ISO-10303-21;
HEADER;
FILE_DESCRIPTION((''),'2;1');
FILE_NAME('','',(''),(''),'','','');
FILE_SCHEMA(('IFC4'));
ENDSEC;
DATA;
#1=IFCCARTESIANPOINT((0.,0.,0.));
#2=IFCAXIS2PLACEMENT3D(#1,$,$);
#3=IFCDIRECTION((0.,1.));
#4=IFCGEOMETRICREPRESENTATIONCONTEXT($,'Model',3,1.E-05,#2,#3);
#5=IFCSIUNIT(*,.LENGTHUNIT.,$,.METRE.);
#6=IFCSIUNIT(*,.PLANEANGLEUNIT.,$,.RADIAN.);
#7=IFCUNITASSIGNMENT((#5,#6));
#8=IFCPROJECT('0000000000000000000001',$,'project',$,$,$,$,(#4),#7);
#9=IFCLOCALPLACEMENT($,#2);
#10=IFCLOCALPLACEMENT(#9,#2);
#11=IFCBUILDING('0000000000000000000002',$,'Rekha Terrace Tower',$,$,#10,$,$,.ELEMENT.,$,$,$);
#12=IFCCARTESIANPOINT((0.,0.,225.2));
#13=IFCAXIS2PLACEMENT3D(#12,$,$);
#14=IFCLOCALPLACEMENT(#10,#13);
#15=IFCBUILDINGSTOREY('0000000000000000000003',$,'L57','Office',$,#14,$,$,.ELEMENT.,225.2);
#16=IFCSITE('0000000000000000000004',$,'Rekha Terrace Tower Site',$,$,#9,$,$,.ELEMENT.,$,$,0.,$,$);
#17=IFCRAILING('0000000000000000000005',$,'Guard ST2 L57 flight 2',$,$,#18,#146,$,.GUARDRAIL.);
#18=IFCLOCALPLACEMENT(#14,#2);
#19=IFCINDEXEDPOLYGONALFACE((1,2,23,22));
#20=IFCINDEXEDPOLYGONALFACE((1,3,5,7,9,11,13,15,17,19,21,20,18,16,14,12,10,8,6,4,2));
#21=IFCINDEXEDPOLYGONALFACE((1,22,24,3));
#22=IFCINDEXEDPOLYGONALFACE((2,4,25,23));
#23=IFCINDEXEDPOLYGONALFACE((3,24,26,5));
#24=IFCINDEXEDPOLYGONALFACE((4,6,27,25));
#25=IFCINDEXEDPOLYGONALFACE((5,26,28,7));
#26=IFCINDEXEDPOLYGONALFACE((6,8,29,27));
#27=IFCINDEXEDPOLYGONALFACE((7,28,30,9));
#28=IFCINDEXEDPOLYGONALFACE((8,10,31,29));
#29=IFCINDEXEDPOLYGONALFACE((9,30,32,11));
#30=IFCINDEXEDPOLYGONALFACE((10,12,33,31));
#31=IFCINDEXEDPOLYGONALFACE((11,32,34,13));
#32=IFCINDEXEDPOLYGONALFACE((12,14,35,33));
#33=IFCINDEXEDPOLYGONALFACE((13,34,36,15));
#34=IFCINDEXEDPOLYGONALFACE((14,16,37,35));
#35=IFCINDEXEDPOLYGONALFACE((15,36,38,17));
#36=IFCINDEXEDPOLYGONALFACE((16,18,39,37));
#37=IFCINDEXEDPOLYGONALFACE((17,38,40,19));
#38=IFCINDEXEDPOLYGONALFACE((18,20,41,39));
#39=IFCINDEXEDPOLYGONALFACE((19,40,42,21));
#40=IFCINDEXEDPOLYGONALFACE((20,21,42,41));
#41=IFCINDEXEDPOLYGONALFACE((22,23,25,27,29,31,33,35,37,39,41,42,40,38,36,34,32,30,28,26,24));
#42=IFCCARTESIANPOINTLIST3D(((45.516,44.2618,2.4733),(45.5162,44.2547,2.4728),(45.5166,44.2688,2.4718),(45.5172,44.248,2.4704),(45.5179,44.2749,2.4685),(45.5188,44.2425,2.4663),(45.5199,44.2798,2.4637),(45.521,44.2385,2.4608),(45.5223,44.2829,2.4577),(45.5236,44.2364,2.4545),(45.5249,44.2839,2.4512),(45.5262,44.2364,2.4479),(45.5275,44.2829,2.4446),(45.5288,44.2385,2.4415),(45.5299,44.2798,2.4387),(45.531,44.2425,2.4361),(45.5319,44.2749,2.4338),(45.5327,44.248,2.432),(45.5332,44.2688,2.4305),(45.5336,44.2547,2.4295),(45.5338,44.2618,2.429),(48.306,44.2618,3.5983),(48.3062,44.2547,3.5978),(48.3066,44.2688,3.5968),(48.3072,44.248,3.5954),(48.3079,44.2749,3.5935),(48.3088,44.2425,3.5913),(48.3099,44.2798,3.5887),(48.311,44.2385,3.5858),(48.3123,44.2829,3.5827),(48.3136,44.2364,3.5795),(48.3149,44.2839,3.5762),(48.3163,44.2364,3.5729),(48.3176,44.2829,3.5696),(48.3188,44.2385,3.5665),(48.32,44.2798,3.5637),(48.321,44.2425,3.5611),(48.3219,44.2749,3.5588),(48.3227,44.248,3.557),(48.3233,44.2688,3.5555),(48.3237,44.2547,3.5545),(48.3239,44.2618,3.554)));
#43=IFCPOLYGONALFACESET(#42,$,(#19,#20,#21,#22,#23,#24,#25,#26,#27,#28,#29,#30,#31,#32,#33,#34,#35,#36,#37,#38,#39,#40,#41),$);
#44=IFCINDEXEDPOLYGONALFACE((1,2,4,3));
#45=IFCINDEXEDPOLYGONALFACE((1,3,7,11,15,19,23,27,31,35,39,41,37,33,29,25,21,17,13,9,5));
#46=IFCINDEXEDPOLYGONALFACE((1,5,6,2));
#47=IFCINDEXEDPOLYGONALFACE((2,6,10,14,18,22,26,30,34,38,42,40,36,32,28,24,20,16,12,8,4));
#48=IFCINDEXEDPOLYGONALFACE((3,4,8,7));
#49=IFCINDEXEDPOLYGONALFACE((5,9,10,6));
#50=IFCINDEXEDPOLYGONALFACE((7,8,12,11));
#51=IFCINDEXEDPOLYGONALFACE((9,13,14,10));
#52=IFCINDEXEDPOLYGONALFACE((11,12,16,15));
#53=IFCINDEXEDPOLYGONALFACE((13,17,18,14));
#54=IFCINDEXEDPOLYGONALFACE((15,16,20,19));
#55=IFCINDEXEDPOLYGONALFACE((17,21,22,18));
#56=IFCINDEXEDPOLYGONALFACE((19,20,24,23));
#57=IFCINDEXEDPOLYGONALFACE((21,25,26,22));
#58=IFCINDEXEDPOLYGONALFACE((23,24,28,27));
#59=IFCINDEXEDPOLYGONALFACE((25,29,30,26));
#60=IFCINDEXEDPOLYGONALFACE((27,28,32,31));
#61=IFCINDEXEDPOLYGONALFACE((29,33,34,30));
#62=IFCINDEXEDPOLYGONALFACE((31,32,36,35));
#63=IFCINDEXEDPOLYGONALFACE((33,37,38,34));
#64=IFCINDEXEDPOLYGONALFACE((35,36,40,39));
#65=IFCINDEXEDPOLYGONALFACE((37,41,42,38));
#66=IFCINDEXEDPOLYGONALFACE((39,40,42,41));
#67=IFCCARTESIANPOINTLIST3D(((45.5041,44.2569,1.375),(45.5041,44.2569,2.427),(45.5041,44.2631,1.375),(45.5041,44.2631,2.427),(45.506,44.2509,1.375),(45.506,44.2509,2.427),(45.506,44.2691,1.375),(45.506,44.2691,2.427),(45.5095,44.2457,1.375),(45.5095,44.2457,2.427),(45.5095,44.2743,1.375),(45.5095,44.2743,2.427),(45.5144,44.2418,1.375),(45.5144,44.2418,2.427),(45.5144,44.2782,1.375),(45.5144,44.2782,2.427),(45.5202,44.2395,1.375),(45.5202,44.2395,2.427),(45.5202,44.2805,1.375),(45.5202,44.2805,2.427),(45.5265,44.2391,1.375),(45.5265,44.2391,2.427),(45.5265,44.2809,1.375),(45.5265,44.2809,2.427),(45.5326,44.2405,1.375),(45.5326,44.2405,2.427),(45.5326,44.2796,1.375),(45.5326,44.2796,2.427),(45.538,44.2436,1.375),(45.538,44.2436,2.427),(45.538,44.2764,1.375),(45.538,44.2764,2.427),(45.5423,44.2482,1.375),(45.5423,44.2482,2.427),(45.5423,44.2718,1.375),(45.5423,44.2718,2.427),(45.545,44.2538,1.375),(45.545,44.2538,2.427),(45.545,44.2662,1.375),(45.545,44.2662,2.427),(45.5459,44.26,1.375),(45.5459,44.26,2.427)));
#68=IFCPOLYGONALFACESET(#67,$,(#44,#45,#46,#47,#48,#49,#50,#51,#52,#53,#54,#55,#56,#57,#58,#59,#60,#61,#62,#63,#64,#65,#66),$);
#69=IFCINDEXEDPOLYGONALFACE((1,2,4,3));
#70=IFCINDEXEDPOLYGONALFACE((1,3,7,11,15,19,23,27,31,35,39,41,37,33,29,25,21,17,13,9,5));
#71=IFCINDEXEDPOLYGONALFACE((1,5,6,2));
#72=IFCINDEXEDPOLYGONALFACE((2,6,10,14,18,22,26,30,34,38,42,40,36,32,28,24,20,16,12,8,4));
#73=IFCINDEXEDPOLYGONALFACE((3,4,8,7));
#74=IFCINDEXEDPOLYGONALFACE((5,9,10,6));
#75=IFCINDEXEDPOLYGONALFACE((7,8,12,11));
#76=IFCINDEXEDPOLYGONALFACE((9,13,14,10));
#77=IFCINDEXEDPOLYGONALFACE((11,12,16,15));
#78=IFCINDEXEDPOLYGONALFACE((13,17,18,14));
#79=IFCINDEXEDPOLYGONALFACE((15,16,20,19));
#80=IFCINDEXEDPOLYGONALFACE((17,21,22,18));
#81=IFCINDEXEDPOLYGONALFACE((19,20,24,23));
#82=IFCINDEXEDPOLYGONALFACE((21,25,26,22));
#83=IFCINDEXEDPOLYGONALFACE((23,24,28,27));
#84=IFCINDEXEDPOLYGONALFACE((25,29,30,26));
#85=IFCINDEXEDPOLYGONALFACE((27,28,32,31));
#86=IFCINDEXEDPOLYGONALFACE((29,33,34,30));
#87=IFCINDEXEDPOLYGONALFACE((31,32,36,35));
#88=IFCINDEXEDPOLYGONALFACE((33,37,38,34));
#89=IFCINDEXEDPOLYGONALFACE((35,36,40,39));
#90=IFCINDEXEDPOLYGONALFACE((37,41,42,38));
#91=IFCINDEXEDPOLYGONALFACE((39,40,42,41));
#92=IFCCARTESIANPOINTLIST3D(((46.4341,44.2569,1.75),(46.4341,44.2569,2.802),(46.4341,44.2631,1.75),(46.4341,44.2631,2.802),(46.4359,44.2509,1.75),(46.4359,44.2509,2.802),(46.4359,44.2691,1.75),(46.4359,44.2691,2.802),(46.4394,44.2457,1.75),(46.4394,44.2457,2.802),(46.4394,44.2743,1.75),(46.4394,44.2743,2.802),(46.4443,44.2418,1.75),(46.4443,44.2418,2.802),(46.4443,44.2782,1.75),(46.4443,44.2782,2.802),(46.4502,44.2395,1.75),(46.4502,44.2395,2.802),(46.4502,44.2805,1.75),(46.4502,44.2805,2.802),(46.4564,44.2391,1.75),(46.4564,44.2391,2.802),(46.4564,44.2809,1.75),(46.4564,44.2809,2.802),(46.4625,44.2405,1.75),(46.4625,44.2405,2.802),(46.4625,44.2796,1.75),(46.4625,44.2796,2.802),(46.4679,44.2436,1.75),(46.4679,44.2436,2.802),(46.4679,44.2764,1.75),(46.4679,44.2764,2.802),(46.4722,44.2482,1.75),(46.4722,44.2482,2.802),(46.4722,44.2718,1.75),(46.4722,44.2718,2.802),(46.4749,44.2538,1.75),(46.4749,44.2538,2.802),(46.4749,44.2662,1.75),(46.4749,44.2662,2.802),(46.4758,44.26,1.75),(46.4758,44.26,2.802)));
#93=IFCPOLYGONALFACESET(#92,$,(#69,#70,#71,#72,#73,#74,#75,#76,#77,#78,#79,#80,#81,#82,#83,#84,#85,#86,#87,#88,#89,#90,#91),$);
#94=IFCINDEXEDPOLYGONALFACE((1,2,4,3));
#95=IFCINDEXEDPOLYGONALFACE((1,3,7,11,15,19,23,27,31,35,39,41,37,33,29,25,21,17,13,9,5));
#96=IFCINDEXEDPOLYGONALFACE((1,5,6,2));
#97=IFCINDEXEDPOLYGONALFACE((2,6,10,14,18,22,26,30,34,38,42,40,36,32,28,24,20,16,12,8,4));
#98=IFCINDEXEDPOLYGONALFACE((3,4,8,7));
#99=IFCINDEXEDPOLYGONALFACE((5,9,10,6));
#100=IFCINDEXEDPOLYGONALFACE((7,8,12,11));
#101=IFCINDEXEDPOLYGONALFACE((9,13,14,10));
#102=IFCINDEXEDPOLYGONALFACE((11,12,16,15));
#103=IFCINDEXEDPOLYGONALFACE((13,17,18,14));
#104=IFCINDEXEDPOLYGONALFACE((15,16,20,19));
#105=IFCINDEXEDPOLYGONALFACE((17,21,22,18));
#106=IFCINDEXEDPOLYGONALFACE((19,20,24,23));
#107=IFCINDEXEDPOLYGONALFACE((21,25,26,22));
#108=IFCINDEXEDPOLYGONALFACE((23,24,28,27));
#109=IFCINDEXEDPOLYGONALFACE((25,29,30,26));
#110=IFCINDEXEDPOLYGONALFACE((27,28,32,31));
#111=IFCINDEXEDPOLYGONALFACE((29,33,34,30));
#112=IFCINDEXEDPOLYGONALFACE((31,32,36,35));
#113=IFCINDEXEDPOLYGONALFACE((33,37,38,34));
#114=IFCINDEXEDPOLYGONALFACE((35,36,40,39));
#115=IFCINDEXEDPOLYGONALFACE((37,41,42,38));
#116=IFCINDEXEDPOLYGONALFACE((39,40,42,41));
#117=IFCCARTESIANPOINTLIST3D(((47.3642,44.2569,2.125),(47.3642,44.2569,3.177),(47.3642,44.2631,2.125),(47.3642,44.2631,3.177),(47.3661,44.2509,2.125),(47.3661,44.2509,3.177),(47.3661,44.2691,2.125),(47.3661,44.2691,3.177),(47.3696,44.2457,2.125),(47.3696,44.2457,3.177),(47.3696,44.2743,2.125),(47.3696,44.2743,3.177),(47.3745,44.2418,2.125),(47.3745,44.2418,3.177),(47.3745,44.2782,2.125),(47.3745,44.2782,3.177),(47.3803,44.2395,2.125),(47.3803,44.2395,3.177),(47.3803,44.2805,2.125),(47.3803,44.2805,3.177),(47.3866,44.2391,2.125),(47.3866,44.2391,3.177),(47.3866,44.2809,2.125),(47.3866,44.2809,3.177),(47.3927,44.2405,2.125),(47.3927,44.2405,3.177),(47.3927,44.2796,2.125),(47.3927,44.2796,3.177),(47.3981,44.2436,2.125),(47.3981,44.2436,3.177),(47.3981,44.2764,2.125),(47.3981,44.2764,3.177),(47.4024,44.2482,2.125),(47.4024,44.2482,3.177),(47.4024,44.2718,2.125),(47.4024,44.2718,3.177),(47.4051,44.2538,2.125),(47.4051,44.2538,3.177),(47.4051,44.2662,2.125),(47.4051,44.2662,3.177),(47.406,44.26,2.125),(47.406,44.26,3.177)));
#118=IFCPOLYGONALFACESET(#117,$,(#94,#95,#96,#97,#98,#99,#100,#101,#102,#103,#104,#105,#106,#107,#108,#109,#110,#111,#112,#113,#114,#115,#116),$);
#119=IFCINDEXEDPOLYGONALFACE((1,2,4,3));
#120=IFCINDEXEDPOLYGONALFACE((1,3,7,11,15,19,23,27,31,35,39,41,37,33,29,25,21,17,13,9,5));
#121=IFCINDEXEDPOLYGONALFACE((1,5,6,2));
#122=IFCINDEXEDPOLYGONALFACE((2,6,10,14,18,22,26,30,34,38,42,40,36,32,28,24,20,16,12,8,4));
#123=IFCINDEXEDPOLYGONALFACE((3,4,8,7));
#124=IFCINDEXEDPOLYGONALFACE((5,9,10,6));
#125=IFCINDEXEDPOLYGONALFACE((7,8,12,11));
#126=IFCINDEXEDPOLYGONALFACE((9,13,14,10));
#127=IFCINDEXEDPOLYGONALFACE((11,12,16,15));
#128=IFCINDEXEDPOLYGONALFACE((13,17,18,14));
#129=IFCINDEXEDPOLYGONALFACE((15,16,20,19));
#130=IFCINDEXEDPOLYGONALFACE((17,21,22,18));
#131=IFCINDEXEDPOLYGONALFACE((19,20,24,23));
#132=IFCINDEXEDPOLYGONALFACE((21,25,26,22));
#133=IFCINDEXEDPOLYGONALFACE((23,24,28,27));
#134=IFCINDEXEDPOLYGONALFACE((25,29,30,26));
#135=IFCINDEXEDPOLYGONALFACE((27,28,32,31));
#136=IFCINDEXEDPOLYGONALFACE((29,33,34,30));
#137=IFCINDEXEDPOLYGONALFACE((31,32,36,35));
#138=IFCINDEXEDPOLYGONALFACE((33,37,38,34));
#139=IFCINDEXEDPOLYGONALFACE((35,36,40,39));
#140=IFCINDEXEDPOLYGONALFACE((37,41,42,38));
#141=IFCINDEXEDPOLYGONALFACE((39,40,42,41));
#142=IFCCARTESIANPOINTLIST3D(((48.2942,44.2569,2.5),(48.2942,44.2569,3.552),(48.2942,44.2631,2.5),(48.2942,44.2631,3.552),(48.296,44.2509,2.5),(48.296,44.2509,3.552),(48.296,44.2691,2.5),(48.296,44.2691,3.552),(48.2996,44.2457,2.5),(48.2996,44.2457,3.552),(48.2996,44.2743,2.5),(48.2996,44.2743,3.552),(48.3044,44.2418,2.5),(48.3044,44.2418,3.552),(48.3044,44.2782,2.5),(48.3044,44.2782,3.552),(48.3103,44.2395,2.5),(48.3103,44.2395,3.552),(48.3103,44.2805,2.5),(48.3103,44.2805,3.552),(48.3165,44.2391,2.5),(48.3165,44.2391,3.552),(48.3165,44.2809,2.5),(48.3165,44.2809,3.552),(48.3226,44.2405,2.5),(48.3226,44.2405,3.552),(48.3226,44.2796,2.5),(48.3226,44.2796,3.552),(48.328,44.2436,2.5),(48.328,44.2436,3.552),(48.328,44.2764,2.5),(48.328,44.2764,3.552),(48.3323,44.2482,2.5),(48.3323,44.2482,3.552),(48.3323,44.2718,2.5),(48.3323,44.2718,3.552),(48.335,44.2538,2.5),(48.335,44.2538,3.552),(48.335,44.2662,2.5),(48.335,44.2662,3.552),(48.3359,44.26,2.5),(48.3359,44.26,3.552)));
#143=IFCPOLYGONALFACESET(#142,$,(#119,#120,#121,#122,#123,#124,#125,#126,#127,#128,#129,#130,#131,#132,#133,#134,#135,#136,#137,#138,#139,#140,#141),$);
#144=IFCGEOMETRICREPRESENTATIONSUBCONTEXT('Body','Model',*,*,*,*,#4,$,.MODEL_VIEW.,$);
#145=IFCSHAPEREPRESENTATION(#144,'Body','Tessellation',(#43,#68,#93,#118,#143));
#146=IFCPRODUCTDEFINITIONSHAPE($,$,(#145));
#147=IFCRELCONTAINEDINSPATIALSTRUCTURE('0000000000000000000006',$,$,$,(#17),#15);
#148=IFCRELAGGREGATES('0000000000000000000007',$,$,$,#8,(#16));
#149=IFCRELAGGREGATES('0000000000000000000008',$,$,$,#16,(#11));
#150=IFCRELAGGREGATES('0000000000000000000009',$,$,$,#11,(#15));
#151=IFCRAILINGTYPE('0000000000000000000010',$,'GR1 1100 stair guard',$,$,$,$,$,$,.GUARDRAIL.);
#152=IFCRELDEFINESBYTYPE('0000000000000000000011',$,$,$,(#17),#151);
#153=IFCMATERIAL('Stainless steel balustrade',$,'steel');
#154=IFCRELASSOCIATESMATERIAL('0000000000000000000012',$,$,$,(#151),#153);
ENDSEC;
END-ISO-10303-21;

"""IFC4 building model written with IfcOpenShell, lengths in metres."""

from ifc_helpers import new_model, si_unit, direction, frame, origin, origin_2d, place, context, subcontext, project, spatial, circle, extrude, material, type_object, element, save


model = new_model("IFC4")

# Units and contexts
model_context = context("Model", 3, precision=1e-05, world=origin(), true_north=direction((0.0, 1.0)))
body_context = subcontext(model_context, "Body", "Model", "MODEL_VIEW")
ifc_project = project(units=[si_unit("LENGTHUNIT", "METRE"), si_unit("PLANEANGLEUNIT", "RADIAN")], contexts=[model_context])

# Site, building, storey
site_placement = place(None, origin())
site = spatial("IfcSite", under=ifc_project, at=site_placement, Name="Rekha Terrace Tower Site", CompositionType="ELEMENT", RefElevation=0.0)
building_placement = place(site_placement, origin())
building = spatial("IfcBuilding", under=site, at=building_placement, Name="Rekha Terrace Tower", CompositionType="ELEMENT")
storey_placement = place(building_placement, frame((0.0, 0.0, 225.2)))
storey = spatial("IfcBuildingStorey", under=building, at=storey_placement, Name="L57", Description="Office", CompositionType="ELEMENT", Elevation=225.2)

# Railing
ifc_material_1 = material(Name="Stainless steel balustrade", Category="steel")
railing_type_1 = type_object("IfcRailingType", Name="GR1 1100 stair guard", PredefinedType="GUARDRAIL", material=ifc_material_1)
railing_1_placement = place(storey_placement, frame((45.5249, 44.26, 1.375)))
element("IfcRailing", 1, at=railing_1_placement, inside=storey, type_object=railing_type_1, Name="Guard ST2 L57 flight 2", PredefinedType="GUARDRAIL", context=body_context, shape_type="SweptSolid", body=[
    extrude(circle(Radius=0.0239, at=origin_2d()), frame((0.0, 0.0, 1.0762), z_axis=(0.927443, 0.0, 0.373964), x_axis=(0.0, 1.0, 0.0)), (0.0, 0.0, 1.0), 3.0083),
    extrude(circle(Radius=0.021, at=origin_2d()), origin(), (0.0, 0.0, 1.0), 1.052),
    extrude(circle(Radius=0.021, at=origin_2d()), frame((0.9299, 0.0, 0.375)), (0.0, 0.0, 1.0), 1.052),
    extrude(circle(Radius=0.021, at=origin_2d()), frame((1.8601, 0.0, 0.75)), (0.0, 0.0, 1.0), 1.052),
    extrude(circle(Radius=0.021, at=origin_2d()), frame((2.79, 0.0, 1.125)), (0.0, 0.0, 1.0), 1.052),
])

save(model, "model.ifc")
